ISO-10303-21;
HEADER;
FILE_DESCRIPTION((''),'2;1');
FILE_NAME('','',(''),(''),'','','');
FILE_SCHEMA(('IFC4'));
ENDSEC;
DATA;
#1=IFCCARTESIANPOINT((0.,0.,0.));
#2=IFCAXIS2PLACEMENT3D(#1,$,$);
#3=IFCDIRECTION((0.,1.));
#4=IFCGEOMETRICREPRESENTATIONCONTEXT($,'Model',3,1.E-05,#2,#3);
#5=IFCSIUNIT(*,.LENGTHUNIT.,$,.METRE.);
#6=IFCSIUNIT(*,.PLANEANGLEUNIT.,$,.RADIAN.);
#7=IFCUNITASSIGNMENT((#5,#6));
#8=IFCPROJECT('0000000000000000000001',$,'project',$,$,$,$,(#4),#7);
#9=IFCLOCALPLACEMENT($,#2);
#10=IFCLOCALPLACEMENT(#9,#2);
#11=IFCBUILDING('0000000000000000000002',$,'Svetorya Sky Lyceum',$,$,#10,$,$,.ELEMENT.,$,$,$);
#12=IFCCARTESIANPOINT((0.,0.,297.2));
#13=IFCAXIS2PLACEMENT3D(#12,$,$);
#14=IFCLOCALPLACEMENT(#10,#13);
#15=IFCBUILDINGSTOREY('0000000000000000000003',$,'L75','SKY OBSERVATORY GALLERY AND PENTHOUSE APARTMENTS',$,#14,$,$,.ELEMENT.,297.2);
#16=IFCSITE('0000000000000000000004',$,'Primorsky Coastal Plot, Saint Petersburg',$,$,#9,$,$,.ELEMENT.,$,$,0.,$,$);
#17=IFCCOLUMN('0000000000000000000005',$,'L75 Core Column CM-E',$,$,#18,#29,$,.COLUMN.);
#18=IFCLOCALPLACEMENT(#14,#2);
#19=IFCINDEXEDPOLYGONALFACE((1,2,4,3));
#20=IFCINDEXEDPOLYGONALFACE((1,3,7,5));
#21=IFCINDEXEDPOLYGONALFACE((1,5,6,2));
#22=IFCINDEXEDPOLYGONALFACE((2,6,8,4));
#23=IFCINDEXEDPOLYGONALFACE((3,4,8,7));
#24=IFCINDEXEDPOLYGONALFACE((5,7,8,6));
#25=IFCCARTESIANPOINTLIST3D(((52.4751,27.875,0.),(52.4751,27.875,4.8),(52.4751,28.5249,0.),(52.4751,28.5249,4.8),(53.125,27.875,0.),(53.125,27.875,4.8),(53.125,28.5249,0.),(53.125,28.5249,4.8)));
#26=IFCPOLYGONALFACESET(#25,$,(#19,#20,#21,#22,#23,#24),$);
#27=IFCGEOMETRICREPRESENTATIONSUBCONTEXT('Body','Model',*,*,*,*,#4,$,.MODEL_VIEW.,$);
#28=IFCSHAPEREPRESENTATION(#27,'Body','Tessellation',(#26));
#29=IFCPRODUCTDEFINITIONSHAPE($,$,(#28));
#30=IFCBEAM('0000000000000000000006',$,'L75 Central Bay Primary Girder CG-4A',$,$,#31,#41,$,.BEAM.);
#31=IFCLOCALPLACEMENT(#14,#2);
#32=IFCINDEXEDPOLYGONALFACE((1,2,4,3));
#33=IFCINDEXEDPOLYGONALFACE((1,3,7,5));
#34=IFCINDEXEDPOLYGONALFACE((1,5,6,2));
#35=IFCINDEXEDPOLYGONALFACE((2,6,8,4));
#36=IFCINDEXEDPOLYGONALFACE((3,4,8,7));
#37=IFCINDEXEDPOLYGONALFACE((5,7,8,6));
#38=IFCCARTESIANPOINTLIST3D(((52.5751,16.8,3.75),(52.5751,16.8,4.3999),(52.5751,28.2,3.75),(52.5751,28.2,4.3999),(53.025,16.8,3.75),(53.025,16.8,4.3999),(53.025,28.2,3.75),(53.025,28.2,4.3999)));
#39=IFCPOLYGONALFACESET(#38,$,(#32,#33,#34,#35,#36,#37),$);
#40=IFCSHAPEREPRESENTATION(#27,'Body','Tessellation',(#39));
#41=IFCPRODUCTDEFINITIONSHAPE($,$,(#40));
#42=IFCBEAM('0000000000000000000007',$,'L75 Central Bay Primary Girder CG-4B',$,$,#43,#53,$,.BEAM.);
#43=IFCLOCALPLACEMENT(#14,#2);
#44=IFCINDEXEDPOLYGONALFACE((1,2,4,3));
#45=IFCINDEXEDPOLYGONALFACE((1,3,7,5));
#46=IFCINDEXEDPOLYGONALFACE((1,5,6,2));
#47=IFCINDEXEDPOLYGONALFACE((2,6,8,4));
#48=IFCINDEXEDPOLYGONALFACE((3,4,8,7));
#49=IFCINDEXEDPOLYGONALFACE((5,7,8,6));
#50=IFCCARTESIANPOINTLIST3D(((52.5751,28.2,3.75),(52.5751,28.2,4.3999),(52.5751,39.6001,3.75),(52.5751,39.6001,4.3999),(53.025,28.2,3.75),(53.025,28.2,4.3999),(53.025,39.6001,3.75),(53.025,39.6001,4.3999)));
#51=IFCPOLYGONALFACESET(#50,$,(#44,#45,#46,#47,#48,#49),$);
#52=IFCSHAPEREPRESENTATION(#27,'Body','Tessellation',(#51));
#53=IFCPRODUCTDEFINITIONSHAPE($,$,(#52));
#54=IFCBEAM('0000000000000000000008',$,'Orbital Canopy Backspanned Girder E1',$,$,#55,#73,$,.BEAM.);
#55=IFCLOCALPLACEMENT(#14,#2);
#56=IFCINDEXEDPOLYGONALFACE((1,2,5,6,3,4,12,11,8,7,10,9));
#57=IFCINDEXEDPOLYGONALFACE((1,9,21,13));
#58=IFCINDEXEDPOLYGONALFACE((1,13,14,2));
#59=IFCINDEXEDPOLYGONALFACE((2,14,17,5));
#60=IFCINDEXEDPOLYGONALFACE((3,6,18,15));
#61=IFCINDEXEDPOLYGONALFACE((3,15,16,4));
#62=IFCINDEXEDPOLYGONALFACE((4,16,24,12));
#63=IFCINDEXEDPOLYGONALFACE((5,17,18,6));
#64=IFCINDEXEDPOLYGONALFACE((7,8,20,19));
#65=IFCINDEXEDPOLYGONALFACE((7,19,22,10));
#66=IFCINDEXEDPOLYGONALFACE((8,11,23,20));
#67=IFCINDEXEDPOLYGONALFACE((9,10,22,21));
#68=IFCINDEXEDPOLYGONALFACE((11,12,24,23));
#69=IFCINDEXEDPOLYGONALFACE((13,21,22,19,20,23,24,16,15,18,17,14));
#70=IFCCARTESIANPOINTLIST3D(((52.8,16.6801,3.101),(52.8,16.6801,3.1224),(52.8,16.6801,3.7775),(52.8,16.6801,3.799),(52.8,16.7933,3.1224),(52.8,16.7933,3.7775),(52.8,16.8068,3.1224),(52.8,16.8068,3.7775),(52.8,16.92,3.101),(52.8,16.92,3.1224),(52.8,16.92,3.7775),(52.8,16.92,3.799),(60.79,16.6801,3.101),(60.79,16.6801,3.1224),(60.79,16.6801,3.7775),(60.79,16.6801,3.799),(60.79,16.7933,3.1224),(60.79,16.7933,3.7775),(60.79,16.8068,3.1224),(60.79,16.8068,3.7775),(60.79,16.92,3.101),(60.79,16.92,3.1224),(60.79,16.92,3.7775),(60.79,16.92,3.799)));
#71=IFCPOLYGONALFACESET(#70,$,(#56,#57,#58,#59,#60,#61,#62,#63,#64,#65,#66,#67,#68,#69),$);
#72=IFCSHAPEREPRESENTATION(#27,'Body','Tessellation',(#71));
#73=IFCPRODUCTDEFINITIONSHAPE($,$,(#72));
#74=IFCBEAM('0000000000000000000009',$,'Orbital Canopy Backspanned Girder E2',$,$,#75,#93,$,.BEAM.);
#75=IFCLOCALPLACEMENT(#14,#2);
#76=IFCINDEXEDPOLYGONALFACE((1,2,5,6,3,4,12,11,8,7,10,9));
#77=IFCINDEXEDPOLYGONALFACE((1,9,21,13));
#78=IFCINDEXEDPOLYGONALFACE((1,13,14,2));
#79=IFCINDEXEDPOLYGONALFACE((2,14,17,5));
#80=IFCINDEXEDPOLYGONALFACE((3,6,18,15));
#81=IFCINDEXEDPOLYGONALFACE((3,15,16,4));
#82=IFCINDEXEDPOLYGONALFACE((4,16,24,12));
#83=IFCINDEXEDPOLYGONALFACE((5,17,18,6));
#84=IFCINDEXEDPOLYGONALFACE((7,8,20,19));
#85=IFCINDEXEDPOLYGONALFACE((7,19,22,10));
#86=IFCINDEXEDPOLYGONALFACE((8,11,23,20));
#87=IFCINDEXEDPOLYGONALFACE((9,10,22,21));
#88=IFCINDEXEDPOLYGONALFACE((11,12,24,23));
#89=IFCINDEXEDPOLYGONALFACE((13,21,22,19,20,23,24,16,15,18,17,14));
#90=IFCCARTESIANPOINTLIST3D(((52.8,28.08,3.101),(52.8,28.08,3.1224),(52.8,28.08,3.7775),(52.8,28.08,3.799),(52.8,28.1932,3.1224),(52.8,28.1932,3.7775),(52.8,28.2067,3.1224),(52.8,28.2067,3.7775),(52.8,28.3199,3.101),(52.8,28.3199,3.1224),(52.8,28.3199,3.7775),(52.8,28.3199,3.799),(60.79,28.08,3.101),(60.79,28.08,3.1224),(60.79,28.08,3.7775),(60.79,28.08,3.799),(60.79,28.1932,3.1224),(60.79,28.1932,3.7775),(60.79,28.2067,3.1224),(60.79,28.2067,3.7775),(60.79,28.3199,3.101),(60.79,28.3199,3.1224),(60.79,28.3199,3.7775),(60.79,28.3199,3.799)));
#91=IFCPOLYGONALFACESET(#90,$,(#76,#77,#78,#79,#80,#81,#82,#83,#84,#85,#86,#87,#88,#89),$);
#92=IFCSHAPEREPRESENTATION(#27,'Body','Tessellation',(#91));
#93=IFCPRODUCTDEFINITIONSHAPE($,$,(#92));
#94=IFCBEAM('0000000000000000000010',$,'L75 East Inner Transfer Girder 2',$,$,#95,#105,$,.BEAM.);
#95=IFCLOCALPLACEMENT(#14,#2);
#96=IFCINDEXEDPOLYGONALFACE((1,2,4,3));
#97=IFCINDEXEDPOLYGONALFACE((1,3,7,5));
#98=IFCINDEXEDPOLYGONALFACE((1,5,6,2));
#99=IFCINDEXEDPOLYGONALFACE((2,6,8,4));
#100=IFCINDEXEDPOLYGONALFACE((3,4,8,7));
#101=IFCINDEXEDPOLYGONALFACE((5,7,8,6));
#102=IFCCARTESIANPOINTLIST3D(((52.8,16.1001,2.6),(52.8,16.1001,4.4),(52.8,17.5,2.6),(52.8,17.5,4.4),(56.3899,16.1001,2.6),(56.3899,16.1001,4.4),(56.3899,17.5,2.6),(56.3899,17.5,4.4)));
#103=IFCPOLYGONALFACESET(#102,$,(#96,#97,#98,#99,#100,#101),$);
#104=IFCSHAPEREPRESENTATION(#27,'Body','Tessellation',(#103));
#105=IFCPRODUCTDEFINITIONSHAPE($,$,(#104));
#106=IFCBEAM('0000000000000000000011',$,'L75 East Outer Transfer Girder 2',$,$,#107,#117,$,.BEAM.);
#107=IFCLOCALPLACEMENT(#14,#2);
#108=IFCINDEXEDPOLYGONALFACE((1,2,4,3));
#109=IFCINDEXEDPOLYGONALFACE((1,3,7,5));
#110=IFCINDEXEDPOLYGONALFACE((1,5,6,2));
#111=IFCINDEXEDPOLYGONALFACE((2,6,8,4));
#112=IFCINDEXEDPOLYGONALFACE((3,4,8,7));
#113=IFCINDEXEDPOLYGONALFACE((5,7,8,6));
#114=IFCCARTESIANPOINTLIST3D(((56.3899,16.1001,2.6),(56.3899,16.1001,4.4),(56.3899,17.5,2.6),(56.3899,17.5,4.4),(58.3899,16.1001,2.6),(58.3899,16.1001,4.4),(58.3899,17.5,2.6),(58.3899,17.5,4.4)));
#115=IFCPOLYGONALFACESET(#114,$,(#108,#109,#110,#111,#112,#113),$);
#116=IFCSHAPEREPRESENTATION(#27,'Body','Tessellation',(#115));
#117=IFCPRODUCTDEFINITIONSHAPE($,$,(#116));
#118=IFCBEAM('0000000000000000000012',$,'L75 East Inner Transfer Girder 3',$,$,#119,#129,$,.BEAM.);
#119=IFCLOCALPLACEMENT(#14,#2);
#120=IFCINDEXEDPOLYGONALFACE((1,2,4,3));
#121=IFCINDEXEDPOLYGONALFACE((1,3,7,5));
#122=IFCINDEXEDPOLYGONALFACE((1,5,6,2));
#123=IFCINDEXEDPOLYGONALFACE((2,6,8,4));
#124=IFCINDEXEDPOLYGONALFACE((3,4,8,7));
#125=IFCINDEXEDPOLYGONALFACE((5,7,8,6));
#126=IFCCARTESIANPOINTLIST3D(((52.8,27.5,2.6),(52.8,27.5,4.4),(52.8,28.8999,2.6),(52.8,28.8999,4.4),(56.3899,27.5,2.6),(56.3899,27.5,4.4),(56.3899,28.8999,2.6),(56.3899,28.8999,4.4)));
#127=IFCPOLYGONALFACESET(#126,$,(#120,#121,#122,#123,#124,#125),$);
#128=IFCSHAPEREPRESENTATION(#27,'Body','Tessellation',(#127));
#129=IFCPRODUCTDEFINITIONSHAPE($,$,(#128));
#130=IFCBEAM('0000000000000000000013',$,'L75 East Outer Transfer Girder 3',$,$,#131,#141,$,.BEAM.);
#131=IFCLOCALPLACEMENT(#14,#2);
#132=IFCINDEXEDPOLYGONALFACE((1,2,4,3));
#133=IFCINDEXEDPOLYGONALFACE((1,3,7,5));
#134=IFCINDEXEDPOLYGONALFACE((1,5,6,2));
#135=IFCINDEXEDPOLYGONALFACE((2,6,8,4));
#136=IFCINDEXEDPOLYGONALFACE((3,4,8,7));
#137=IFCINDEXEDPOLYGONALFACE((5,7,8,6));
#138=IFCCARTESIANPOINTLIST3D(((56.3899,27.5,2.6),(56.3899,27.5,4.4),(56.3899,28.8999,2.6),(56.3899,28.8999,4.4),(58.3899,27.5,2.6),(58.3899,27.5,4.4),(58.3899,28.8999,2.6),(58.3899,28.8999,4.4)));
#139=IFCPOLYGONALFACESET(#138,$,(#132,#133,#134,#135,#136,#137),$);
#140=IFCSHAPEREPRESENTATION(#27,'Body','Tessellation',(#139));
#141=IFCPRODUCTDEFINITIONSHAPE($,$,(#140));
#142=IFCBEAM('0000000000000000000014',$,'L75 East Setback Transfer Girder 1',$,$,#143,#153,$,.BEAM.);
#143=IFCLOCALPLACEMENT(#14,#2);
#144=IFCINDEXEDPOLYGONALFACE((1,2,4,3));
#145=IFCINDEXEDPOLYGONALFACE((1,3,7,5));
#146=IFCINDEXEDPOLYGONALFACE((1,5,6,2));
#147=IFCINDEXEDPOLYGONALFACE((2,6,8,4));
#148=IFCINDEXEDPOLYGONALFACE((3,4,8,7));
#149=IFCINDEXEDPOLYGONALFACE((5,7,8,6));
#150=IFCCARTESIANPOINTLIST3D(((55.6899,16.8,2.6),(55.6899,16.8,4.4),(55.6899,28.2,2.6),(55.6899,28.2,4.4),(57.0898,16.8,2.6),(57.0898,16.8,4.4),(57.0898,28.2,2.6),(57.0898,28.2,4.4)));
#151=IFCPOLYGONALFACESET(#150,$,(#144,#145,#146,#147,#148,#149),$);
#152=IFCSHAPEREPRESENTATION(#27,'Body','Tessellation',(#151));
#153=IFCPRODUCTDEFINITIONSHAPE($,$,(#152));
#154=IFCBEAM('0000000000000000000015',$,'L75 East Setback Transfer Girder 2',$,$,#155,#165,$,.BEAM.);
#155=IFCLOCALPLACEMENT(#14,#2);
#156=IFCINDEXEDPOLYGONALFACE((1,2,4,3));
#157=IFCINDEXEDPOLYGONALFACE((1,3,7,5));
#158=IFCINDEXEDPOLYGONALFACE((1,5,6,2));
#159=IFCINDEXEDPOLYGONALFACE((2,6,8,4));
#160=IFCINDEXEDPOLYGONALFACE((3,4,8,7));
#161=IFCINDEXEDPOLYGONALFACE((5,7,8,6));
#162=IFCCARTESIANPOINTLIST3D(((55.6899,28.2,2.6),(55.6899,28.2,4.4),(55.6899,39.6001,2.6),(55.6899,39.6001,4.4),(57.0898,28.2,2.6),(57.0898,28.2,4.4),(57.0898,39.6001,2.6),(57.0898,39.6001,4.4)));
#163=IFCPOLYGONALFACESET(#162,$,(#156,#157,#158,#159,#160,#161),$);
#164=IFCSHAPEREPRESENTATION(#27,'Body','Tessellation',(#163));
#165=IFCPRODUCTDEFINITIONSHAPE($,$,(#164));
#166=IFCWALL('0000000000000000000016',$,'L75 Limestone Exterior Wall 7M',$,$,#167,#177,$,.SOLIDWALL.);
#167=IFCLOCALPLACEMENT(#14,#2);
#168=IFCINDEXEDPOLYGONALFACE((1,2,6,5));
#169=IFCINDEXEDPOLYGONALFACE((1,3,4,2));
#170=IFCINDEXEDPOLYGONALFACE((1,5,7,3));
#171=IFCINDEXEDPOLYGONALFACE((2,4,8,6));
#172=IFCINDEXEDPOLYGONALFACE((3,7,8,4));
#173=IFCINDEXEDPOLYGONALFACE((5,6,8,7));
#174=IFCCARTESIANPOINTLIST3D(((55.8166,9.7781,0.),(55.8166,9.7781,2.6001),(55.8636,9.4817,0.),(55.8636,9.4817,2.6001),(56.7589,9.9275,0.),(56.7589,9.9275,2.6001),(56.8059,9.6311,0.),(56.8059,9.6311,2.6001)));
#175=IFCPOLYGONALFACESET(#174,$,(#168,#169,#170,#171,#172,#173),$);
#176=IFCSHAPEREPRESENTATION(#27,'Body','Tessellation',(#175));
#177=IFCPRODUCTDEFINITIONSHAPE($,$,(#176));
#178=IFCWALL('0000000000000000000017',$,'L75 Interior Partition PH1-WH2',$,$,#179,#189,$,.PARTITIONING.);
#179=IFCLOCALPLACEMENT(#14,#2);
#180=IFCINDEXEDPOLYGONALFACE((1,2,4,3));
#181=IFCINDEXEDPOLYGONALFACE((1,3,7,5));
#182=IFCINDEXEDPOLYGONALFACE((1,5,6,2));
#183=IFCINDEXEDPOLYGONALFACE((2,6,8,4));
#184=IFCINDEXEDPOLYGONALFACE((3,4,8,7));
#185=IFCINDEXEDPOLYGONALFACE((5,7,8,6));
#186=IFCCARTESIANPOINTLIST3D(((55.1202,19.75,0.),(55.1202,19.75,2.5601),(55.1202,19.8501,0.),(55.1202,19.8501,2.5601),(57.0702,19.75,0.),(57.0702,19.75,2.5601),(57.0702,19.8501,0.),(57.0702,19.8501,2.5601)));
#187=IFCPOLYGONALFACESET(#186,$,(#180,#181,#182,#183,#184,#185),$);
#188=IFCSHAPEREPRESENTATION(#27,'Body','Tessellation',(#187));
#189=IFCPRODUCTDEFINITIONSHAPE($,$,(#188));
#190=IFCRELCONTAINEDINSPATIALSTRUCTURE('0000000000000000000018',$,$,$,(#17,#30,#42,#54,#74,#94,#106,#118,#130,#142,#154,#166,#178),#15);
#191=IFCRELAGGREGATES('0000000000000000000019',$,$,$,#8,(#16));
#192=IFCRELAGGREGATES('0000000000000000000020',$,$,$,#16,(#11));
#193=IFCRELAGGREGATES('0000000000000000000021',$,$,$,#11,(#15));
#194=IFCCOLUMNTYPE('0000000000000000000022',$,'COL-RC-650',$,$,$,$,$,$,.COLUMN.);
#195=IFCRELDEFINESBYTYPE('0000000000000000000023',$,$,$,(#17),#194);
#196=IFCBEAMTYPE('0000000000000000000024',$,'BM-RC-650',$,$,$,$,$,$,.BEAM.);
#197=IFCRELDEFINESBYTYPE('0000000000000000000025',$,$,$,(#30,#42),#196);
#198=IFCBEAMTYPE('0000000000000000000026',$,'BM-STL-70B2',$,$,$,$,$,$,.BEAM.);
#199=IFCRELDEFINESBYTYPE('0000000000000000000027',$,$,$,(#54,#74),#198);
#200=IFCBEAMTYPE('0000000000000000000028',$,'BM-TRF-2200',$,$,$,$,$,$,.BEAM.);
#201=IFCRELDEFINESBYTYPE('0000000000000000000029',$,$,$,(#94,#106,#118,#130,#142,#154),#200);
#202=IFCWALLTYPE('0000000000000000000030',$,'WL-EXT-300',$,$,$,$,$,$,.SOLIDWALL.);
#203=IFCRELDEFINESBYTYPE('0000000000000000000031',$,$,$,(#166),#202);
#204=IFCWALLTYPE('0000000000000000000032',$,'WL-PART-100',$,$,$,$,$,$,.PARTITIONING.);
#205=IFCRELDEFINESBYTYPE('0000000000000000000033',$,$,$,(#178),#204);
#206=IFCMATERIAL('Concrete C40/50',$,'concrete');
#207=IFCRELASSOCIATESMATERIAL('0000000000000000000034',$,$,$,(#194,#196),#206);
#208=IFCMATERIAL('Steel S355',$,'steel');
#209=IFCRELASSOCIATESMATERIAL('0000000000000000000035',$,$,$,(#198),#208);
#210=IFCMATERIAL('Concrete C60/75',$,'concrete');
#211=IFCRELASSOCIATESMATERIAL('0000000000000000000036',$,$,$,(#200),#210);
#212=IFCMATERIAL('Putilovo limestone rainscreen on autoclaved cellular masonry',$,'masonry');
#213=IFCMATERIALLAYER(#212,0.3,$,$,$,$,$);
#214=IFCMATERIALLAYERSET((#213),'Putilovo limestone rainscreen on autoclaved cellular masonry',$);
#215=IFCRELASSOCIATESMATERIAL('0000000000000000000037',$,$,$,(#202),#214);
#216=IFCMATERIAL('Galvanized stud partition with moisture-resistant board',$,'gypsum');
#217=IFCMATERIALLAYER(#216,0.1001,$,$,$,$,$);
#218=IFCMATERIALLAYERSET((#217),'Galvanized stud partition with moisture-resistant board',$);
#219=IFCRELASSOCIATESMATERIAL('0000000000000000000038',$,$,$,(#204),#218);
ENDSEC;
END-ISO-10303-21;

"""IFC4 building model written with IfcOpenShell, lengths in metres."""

from ifc_helpers import new_model, si_unit, direction, frame, frame_2d, origin, origin_2d, place, context, subcontext, project, spatial, rectangle, i_section, extrude, material, layer, layer_set, material_profile, profile_set, type_object, element, save


model = new_model("IFC4")

# Units and contexts
model_context = context("Model", 3, precision=1e-05, world=origin(), true_north=direction((0.0, 1.0)))
body_context = subcontext(model_context, "Body", "Model", "MODEL_VIEW")
ifc_project = project(units=[si_unit("LENGTHUNIT", "METRE"), si_unit("PLANEANGLEUNIT", "RADIAN")], contexts=[model_context])

# Site, building, storey
site_placement = place(None, origin())
site = spatial("IfcSite", under=ifc_project, at=site_placement, Name="Primorsky Coastal Plot, Saint Petersburg", CompositionType="ELEMENT", RefElevation=0.0)
building_placement = place(site_placement, origin())
building = spatial("IfcBuilding", under=site, at=building_placement, Name="Svetorya Sky Lyceum", CompositionType="ELEMENT")
storey_placement = place(building_placement, frame((0.0, 0.0, 297.2)))
storey = spatial("IfcBuildingStorey", under=building, at=storey_placement, Name="L75", Description="SKY OBSERVATORY GALLERY AND PENTHOUSE APARTMENTS", CompositionType="ELEMENT", Elevation=297.2)

# Column
ifc_material_1 = material(Name="Concrete C40/50", Category="concrete")
ifc_material_profile_1 = material_profile(ifc_material_1, rectangle(XDim=0.6499, YDim=0.6499, at=origin_2d()), Name="RC COL 650x650")
ifc_profile_set_1 = profile_set([ifc_material_profile_1], Name="Concrete C40/50")
column_type = type_object("IfcColumnType", Name="COL-RC-650", PredefinedType="COLUMN", material=ifc_profile_set_1)
column_placement = place(storey_placement, frame((52.8, 28.2, 0.0), z_axis=(0.0, 0.0, 1.0), x_axis=(1.0, 0.0, 0.0)))
element("IfcColumn", 1, at=column_placement, inside=storey, type_object=column_type, Name="L75 Core Column CM-E", PredefinedType="COLUMN", context=body_context, shape_type="SweptSolid", body=[
    extrude(rectangle(XDim=0.6499, YDim=0.6499, at=origin_2d()), origin(), (0.0, 0.0, 1.0), 4.8),
])

# Beams
ifc_material_profile_2 = material_profile(ifc_material_1, rectangle(XDim=0.45, YDim=0.6499, at=origin_2d()), Name="RC BEAM 450x650")
ifc_profile_set_2 = profile_set([ifc_material_profile_2], Name="Concrete C40/50")
beam_type_1 = type_object("IfcBeamType", Name="BM-RC-650", PredefinedType="BEAM", material=ifc_profile_set_2)
beam_1_placement = place(storey_placement, frame((52.8, 16.8, 4.075), z_axis=(0.0, 1.0, 0.0), x_axis=(-1.0, 0.0, 0.0)))
element("IfcBeam", 2, at=beam_1_placement, inside=storey, type_object=beam_type_1, Name="L75 Central Bay Primary Girder CG-4A", PredefinedType="BEAM", context=body_context, shape_type="SweptSolid", body=[
    extrude(rectangle(XDim=0.45, YDim=0.6499, at=origin_2d()), origin(), (0.0, 0.0, 1.0), 11.3999),
])
beam_2_placement = place(storey_placement, frame((52.8, 28.2, 4.075), z_axis=(0.0, 1.0, 0.0), x_axis=(-1.0, 0.0, 0.0)))
element("IfcBeam", 3, at=beam_2_placement, inside=storey, type_object=beam_type_1, Name="L75 Central Bay Primary Girder CG-4B", PredefinedType="BEAM", context=body_context, shape_type="SweptSolid", body=[
    extrude(rectangle(XDim=0.45, YDim=0.6499, at=origin_2d()), origin(), (0.0, 0.0, 1.0), 11.4001),
])
ifc_material_2 = material(Name="Steel S355", Category="steel")
ifc_material_profile_3 = material_profile(ifc_material_2, i_section(OverallWidth=0.24, OverallDepth=0.698, WebThickness=0.0134, FlangeThickness=0.0215, at=origin_2d()), Name="GOST 70B2")
ifc_profile_set_3 = profile_set([ifc_material_profile_3], Name="Steel S355")
beam_type_2 = type_object("IfcBeamType", Name="BM-STL-70B2", PredefinedType="BEAM", material=ifc_profile_set_3)
for number, where, z_axis, x_axis, name in (
    (4, (52.8, 16.8, 3.45), (1.0, 0.0, 0.0), (0.0, 1.0, 0.0), "Orbital Canopy Backspanned Girder E1"),
    (5, (52.8, 28.2, 3.45), (1.0, 0.0, 0.0), (0.0, 1.0, 0.0), "Orbital Canopy Backspanned Girder E2"),
):
    element("IfcBeam", number, at=place(storey_placement, frame(where, z_axis=z_axis, x_axis=x_axis)), inside=storey, type_object=beam_type_2, Name=name, PredefinedType="BEAM", context=body_context, shape_type="SweptSolid", body=[
        extrude(i_section(OverallWidth=0.24, OverallDepth=0.698, WebThickness=0.0134, FlangeThickness=0.0215, at=origin_2d()), origin(), (0.0, 0.0, 1.0), 7.99),
    ])
ifc_material_3 = material(Name="Concrete C60/75", Category="concrete")
ifc_material_profile_4 = material_profile(ifc_material_3, rectangle(XDim=1.3999, YDim=1.8, at=origin_2d()), Name="RC TRANSFER 1400x1800")
ifc_profile_set_4 = profile_set([ifc_material_profile_4], Name="Concrete C60/75")
beam_type_3 = type_object("IfcBeamType", Name="BM-TRF-2200", PredefinedType="BEAM", material=ifc_profile_set_4)
beam_3_placement = place(storey_placement, frame((52.8, 16.8, 3.5), z_axis=(1.0, 0.0, 0.0), x_axis=(0.0, 1.0, 0.0)))
element("IfcBeam", 6, at=beam_3_placement, inside=storey, type_object=beam_type_3, Name="L75 East Inner Transfer Girder 2", PredefinedType="BEAM", context=body_context, shape_type="SweptSolid", body=[
    extrude(rectangle(XDim=1.3999, YDim=1.8, at=origin_2d()), origin(), (0.0, 0.0, 1.0), 3.5898),
])
beam_4_placement = place(storey_placement, frame((56.3899, 16.8, 3.5), z_axis=(1.0, 0.0, 0.0), x_axis=(0.0, 1.0, 0.0)))
element("IfcBeam", 7, at=beam_4_placement, inside=storey, type_object=beam_type_3, Name="L75 East Outer Transfer Girder 2", PredefinedType="BEAM", context=body_context, shape_type="SweptSolid", body=[
    extrude(rectangle(XDim=1.3999, YDim=1.8, at=origin_2d()), origin(), (0.0, 0.0, 1.0), 2.0),
])
beam_5_placement = place(storey_placement, frame((52.8, 28.2, 3.5), z_axis=(1.0, 0.0, 0.0), x_axis=(0.0, 1.0, 0.0)))
element("IfcBeam", 8, at=beam_5_placement, inside=storey, type_object=beam_type_3, Name="L75 East Inner Transfer Girder 3", PredefinedType="BEAM", context=body_context, shape_type="SweptSolid", body=[
    extrude(rectangle(XDim=1.3999, YDim=1.8, at=origin_2d()), origin(), (0.0, 0.0, 1.0), 3.5898),
])
beam_6_placement = place(storey_placement, frame((56.3899, 28.2, 3.5), z_axis=(1.0, 0.0, 0.0), x_axis=(0.0, 1.0, 0.0)))
element("IfcBeam", 9, at=beam_6_placement, inside=storey, type_object=beam_type_3, Name="L75 East Outer Transfer Girder 3", PredefinedType="BEAM", context=body_context, shape_type="SweptSolid", body=[
    extrude(rectangle(XDim=1.3999, YDim=1.8, at=origin_2d()), origin(), (0.0, 0.0, 1.0), 2.0),
])
beam_7_placement = place(storey_placement, frame((56.3899, 16.8, 3.5), z_axis=(0.0, 1.0, 0.0), x_axis=(-1.0, 0.0, 0.0)))
element("IfcBeam", 10, at=beam_7_placement, inside=storey, type_object=beam_type_3, Name="L75 East Setback Transfer Girder 1", PredefinedType="BEAM", context=body_context, shape_type="SweptSolid", body=[
    extrude(rectangle(XDim=1.3999, YDim=1.8, at=origin_2d()), origin(), (0.0, 0.0, 1.0), 11.3999),
])
beam_8_placement = place(storey_placement, frame((56.3899, 28.2, 3.5), z_axis=(0.0, 1.0, 0.0), x_axis=(-1.0, 0.0, 0.0)))
element("IfcBeam", 11, at=beam_8_placement, inside=storey, type_object=beam_type_3, Name="L75 East Setback Transfer Girder 2", PredefinedType="BEAM", context=body_context, shape_type="SweptSolid", body=[
    extrude(rectangle(XDim=1.3999, YDim=1.8, at=origin_2d()), origin(), (0.0, 0.0, 1.0), 11.4001),
])

# Walls
ifc_material_4 = material(Name="Putilovo limestone rainscreen on autoclaved cellular masonry", Category="masonry")
ifc_layer_1 = layer(ifc_material_4, 0.3)
ifc_layer_set_1 = layer_set([ifc_layer_1], Name="Putilovo limestone rainscreen on autoclaved cellular masonry")
wall_type_1 = type_object("IfcWallType", Name="WL-EXT-300", PredefinedType="SOLIDWALL", material=ifc_layer_set_1)
wall_1_placement = place(storey_placement, frame((55.8401, 9.6299, 0.0), z_axis=(0.0, 0.0, 1.0), x_axis=(0.987663, 0.156593, 0.0)))
element("IfcWall", 12, at=wall_1_placement, inside=storey, type_object=wall_type_1, Name="L75 Limestone Exterior Wall 7M", PredefinedType="SOLIDWALL", context=body_context, shape_type="SweptSolid", body=[
    extrude(rectangle(XDim=0.9541, YDim=0.3, at=frame_2d((0.4771, 0.0))), origin(), (0.0, 0.0, 1.0), 2.6001),
])
ifc_material_5 = material(Name="Galvanized stud partition with moisture-resistant board", Category="gypsum")
ifc_layer_2 = layer(ifc_material_5, 0.1001)
ifc_layer_set_2 = layer_set([ifc_layer_2], Name="Galvanized stud partition with moisture-resistant board")
wall_type_2 = type_object("IfcWallType", Name="WL-PART-100", PredefinedType="PARTITIONING", material=ifc_layer_set_2)
wall_2_placement = place(storey_placement, frame((55.1201, 19.8, 0.0), z_axis=(0.0, 0.0, 1.0), x_axis=(1.0, 0.0, 0.0)))
element("IfcWall", 13, at=wall_2_placement, inside=storey, type_object=wall_type_2, Name="L75 Interior Partition PH1-WH2", PredefinedType="PARTITIONING", context=body_context, shape_type="SweptSolid", body=[
    extrude(rectangle(XDim=1.95, YDim=0.1001, at=frame_2d((0.9751, 0.0))), origin(), (0.0, 0.0, 1.0), 2.5601),
])

save(model, "model.ifc")
